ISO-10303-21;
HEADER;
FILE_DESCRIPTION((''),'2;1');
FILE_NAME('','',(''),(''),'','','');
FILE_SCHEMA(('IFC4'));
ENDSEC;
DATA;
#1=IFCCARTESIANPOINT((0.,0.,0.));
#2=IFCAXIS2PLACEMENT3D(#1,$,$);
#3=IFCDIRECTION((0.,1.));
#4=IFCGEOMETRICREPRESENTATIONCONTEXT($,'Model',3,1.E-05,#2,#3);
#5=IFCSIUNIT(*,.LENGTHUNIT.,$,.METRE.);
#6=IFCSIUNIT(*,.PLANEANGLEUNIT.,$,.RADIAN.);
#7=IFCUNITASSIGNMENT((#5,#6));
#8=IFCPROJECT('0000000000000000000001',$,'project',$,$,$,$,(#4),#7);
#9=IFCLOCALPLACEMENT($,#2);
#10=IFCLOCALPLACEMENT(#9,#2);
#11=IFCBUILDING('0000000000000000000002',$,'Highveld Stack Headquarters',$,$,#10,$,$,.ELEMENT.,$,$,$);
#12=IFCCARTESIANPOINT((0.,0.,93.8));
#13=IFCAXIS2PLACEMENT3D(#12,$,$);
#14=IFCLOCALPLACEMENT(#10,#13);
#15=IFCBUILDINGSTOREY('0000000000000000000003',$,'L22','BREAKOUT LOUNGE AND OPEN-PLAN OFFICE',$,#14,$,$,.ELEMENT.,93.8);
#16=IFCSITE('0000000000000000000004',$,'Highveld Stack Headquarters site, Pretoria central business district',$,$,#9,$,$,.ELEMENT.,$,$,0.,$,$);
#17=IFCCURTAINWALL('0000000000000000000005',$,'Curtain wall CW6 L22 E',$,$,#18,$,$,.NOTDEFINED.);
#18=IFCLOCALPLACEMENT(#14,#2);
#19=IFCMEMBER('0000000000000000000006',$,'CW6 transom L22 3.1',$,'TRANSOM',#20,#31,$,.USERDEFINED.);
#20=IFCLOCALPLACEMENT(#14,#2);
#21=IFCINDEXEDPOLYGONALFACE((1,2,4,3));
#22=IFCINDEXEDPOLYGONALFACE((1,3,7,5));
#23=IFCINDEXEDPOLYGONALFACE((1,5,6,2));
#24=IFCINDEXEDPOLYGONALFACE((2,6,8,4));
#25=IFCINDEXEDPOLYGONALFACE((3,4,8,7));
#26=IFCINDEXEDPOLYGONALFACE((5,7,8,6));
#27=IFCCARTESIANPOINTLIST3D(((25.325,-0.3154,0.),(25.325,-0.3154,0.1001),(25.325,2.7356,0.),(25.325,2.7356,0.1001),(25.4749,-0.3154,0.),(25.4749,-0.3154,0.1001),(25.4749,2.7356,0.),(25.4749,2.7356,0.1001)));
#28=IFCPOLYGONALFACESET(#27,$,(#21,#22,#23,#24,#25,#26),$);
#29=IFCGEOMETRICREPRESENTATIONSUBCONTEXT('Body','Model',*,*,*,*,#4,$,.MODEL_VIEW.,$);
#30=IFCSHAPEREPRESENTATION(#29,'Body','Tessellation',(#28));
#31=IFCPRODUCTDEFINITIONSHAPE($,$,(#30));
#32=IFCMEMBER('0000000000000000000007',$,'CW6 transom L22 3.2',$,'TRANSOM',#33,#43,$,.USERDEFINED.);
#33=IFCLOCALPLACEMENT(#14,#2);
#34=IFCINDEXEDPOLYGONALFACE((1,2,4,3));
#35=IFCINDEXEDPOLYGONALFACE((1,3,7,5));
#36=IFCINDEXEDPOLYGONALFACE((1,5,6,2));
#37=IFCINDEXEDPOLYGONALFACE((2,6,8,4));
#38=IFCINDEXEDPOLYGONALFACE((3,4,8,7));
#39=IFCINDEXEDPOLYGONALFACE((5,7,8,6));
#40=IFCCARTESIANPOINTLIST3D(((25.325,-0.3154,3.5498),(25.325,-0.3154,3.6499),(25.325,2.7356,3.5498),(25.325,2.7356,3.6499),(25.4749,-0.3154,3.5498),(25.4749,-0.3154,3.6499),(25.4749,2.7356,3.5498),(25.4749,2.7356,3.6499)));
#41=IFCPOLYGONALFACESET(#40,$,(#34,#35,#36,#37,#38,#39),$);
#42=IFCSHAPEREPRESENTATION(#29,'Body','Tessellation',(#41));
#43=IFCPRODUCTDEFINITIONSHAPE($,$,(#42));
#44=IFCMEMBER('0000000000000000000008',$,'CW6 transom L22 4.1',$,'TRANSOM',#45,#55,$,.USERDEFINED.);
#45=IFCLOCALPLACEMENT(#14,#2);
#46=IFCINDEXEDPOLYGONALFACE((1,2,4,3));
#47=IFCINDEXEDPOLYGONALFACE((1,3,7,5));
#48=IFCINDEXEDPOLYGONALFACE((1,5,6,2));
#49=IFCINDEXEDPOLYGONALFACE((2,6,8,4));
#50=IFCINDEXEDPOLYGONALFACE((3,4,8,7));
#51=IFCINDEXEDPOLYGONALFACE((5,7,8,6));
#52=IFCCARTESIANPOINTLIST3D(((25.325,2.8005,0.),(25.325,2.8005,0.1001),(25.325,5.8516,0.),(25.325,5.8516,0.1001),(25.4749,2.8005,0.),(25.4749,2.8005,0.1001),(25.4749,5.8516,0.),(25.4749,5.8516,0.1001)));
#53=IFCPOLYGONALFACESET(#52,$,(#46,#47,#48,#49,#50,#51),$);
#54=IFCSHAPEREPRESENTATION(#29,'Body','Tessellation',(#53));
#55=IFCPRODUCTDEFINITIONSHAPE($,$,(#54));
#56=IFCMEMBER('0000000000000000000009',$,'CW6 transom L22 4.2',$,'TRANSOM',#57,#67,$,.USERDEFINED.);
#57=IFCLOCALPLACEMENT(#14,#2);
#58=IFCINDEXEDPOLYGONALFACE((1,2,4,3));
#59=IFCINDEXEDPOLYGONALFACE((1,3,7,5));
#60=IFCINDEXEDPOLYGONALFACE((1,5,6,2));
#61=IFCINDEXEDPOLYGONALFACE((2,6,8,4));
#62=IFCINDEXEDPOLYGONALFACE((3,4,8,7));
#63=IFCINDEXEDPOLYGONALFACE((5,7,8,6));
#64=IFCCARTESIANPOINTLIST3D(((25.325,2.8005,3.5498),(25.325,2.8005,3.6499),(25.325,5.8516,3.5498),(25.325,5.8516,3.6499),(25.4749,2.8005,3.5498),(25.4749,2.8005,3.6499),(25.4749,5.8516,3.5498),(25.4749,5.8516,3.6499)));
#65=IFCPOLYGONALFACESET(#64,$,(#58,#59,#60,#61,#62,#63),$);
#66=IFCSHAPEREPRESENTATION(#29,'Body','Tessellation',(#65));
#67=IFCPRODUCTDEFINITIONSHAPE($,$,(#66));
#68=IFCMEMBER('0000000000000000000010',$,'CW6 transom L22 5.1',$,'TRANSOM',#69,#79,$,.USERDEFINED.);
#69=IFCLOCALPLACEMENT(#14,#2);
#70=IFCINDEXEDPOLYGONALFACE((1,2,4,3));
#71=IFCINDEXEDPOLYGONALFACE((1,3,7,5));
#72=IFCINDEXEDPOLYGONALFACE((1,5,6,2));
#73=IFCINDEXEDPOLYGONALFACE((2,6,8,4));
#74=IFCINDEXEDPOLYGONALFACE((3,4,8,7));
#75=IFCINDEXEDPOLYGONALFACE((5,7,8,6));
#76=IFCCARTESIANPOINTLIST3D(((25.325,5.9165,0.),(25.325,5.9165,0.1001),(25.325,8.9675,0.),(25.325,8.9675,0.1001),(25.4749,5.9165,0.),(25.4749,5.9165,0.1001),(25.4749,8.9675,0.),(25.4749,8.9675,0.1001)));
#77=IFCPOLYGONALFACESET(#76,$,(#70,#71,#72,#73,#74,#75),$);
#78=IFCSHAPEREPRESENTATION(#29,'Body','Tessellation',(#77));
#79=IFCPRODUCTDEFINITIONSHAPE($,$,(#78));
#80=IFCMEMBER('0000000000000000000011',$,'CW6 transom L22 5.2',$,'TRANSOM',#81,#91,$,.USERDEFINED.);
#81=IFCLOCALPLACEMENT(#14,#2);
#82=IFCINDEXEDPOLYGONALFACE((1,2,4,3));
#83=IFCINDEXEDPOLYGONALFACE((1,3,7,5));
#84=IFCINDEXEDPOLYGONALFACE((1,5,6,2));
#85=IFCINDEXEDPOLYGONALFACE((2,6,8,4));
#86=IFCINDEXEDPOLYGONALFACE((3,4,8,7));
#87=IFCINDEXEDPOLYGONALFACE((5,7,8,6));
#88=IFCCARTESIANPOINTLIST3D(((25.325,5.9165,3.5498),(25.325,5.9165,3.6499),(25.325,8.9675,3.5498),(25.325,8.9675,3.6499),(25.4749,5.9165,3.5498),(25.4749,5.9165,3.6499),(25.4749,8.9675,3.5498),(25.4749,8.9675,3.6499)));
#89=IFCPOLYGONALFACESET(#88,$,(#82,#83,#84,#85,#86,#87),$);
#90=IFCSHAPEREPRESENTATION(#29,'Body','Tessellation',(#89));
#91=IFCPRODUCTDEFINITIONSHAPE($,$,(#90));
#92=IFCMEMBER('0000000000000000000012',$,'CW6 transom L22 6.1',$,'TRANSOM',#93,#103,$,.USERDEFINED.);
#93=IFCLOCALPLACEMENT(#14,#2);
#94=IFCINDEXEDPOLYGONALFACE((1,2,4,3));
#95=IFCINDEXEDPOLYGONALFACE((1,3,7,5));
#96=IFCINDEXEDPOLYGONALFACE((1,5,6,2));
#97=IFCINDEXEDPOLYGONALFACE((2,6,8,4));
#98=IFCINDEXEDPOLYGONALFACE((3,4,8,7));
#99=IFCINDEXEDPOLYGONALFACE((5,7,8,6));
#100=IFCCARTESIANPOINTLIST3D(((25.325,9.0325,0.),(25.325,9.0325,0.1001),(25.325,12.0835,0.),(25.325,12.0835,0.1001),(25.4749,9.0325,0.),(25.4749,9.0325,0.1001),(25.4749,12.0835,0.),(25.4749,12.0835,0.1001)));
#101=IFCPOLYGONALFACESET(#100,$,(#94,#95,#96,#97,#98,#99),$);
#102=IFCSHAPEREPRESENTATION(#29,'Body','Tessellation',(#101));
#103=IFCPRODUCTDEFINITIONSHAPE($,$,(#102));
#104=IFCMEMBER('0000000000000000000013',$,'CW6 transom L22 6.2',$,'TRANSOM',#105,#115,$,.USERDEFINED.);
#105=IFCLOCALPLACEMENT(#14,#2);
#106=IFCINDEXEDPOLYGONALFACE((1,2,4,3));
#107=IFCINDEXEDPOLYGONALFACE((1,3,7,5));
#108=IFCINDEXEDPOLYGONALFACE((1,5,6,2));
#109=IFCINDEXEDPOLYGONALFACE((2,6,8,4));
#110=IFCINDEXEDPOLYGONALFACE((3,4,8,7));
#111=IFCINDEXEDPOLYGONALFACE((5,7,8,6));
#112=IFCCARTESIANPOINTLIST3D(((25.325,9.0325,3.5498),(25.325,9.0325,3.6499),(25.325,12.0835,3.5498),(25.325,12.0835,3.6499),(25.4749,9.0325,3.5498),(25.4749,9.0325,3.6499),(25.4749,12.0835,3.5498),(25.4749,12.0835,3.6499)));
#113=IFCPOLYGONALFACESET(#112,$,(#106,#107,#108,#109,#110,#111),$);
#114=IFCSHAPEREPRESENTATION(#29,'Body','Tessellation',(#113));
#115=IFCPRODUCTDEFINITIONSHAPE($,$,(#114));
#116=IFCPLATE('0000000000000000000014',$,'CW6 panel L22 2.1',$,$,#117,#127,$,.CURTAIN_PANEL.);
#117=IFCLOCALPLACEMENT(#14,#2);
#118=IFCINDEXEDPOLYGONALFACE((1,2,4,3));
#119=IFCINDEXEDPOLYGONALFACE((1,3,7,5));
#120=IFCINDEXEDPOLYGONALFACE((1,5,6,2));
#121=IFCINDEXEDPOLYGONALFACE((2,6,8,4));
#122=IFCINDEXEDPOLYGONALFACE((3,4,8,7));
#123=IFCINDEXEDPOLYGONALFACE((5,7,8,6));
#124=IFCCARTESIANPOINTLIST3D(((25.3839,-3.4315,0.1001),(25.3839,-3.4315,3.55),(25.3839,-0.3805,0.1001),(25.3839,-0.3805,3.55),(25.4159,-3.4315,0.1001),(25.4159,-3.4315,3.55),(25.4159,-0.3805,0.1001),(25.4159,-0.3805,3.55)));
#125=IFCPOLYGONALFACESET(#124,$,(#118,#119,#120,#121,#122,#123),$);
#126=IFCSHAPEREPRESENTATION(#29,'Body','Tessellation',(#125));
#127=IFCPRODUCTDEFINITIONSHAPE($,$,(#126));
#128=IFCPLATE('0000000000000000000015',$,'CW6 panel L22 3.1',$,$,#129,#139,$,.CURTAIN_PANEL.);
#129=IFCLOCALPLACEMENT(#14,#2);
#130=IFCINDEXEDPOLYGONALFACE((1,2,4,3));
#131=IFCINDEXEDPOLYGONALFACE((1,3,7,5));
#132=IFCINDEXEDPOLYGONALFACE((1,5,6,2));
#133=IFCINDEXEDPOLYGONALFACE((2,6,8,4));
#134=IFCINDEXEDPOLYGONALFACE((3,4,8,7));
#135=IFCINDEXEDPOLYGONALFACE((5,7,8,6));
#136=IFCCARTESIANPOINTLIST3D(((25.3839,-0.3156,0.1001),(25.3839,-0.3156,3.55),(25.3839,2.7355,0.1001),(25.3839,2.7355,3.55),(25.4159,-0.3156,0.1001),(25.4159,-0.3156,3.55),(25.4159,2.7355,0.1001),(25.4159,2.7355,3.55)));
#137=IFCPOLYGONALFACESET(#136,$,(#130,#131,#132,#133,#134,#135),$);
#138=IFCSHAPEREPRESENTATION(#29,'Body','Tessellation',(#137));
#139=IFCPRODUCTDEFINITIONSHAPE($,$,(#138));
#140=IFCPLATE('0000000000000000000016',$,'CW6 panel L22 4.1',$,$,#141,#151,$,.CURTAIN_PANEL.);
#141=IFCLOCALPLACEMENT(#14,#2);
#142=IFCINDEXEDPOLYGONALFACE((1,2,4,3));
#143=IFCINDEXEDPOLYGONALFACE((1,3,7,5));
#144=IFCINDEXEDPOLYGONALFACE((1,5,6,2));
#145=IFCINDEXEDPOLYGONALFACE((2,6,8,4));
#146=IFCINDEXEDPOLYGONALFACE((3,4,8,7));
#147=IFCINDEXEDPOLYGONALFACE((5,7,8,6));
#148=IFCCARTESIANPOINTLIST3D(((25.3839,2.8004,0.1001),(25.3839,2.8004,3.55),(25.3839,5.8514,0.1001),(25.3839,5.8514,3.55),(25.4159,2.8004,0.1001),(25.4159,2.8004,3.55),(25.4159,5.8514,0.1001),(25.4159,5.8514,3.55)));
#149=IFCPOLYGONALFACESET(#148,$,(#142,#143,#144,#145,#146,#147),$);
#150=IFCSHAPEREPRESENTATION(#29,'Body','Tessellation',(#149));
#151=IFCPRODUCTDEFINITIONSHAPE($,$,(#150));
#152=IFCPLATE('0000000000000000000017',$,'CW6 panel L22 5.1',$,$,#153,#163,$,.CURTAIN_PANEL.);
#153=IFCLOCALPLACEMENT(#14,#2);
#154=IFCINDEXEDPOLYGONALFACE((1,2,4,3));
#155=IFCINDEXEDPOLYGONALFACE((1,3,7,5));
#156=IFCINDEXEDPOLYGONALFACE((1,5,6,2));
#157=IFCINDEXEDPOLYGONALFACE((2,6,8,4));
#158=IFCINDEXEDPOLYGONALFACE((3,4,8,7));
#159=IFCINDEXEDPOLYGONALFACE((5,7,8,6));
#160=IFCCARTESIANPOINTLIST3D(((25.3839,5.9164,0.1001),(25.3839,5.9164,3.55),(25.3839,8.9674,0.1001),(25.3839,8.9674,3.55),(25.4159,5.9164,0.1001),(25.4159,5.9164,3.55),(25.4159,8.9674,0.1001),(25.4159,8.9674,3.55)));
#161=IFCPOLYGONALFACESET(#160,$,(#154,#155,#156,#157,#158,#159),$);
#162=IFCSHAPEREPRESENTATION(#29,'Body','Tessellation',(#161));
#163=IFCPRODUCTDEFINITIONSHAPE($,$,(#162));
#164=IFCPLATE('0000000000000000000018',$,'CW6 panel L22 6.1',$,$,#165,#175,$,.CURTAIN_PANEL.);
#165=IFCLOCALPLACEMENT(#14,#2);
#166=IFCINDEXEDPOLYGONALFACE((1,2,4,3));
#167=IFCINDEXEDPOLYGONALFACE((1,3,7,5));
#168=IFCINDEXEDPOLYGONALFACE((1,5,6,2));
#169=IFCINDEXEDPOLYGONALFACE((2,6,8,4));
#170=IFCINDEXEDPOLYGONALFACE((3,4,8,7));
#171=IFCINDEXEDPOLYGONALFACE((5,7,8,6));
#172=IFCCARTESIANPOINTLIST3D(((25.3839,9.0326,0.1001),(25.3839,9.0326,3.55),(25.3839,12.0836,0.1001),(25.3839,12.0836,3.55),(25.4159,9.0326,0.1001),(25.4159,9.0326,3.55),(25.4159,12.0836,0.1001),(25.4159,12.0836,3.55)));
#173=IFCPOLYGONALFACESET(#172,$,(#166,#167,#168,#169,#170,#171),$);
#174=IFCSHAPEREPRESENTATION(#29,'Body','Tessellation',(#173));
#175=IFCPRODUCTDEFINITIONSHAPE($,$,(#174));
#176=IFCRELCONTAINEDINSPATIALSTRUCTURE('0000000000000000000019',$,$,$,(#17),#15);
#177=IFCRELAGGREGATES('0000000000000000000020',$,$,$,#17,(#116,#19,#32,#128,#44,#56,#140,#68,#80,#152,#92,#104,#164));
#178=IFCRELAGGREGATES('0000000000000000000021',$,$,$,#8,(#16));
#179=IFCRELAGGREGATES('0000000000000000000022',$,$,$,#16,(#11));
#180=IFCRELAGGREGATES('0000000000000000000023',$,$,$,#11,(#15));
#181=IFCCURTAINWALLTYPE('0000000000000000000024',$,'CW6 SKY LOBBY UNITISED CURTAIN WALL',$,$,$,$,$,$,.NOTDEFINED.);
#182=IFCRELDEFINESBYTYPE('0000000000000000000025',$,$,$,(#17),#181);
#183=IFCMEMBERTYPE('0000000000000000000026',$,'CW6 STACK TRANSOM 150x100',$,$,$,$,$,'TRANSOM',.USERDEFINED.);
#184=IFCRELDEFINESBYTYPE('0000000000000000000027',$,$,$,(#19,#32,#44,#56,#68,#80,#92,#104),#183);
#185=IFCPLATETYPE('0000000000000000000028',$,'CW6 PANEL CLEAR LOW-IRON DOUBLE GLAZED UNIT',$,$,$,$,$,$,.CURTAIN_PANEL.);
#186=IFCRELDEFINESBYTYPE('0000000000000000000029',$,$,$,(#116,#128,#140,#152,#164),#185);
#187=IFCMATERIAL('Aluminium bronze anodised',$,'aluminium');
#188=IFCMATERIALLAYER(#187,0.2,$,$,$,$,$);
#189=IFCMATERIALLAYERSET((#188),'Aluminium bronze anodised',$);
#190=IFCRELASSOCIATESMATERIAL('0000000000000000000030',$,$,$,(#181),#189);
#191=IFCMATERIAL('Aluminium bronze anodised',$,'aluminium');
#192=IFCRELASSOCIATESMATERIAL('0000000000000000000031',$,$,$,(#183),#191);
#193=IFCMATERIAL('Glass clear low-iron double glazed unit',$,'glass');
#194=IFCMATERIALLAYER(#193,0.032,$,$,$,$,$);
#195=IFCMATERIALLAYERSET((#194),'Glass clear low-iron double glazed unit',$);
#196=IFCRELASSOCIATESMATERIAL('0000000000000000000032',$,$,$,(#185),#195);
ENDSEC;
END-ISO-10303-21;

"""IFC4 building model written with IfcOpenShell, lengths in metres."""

from ifc_helpers import new_model, si_unit, direction, frame, origin, origin_2d, place, context, subcontext, project, spatial, rectangle, extrude, material, layer, layer_set, material_profile, profile_set, type_object, element, aggregate, save


model = new_model("IFC4")

# Units and contexts
model_context = context("Model", 3, precision=1e-05, world=origin(), true_north=direction((0.0, 1.0)))
body_context = subcontext(model_context, "Body", "Model", "MODEL_VIEW")
ifc_project = project(units=[si_unit("LENGTHUNIT", "METRE"), si_unit("PLANEANGLEUNIT", "RADIAN")], contexts=[model_context])

# Site, building, storey
site_placement = place(None, origin())
site = spatial("IfcSite", under=ifc_project, at=site_placement, Name="Highveld Stack Headquarters site, Pretoria central business district", CompositionType="ELEMENT", RefElevation=0.0)
building_placement = place(site_placement, origin())
building = spatial("IfcBuilding", under=site, at=building_placement, Name="Highveld Stack Headquarters", CompositionType="ELEMENT")
storey_placement = place(building_placement, frame((0.0, 0.0, 93.8)))
storey = spatial("IfcBuildingStorey", under=building, at=storey_placement, Name="L22", Description="BREAKOUT LOUNGE AND OPEN-PLAN OFFICE", CompositionType="ELEMENT", Elevation=93.8)

# Curtain wall, members, plates
ifc_material_1 = material(Name="Aluminium bronze anodised", Category="aluminium")
ifc_layer_1 = layer(ifc_material_1, 0.2)
ifc_layer_set_1 = layer_set([ifc_layer_1], Name="Aluminium bronze anodised")
curtain_wall_type = type_object("IfcCurtainWallType", Name="CW6 SKY LOBBY UNITISED CURTAIN WALL", PredefinedType="NOTDEFINED", material=ifc_layer_set_1)
curtain_wall_placement = place(storey_placement, origin())
curtain_wall = element("IfcCurtainWall", 1, at=curtain_wall_placement, inside=storey, type_object=curtain_wall_type, Name="Curtain wall CW6 L22 E", PredefinedType="NOTDEFINED")
ifc_material_2 = material(Name="Aluminium bronze anodised", Category="aluminium")
ifc_material_profile_1 = material_profile(ifc_material_2, rectangle(XDim=0.1499, YDim=0.1001, at=origin_2d()), Name="CW6 TRANSOM 150x100")
ifc_profile_set_1 = profile_set([ifc_material_profile_1], Name="Aluminium bronze anodised")
member_type_1 = type_object("IfcMemberType", Name="CW6 STACK TRANSOM 150x100", ElementType="TRANSOM", PredefinedType="USERDEFINED", material=ifc_profile_set_1)
member_1_placement = place(storey_placement, frame((25.3999, -0.3154, 0.05), z_axis=(0.0, 1.0, 0.0), x_axis=(-1.0, 0.0, 0.0)))
member_1 = element("IfcMember", 2, at=member_1_placement, type_object=member_type_1, Name="CW6 transom L22 3.1", ObjectType="TRANSOM", PredefinedType="USERDEFINED", context=body_context, shape_type="SweptSolid", body=[
    extrude(rectangle(XDim=0.1499, YDim=0.1001, at=origin_2d()), origin(), (0.0, 0.0, 1.0), 3.051),
])
member_2_placement = place(storey_placement, frame((25.3999, -0.3154, 3.5999), z_axis=(0.0, 1.0, 0.0), x_axis=(-1.0, 0.0, 0.0)))
member_2 = element("IfcMember", 3, at=member_2_placement, type_object=member_type_1, Name="CW6 transom L22 3.2", ObjectType="TRANSOM", PredefinedType="USERDEFINED", context=body_context, shape_type="SweptSolid", body=[
    extrude(rectangle(XDim=0.1499, YDim=0.1001, at=origin_2d()), origin(), (0.0, 0.0, 1.0), 3.051),
])
member_3_placement = place(storey_placement, frame((25.3999, 2.8005, 0.05), z_axis=(0.0, 1.0, 0.0), x_axis=(-1.0, 0.0, 0.0)))
member_3 = element("IfcMember", 4, at=member_3_placement, type_object=member_type_1, Name="CW6 transom L22 4.1", ObjectType="TRANSOM", PredefinedType="USERDEFINED", context=body_context, shape_type="SweptSolid", body=[
    extrude(rectangle(XDim=0.1499, YDim=0.1001, at=origin_2d()), origin(), (0.0, 0.0, 1.0), 3.051),
])
member_4_placement = place(storey_placement, frame((25.3999, 2.8005, 3.5999), z_axis=(0.0, 1.0, 0.0), x_axis=(-1.0, 0.0, 0.0)))
member_4 = element("IfcMember", 5, at=member_4_placement, type_object=member_type_1, Name="CW6 transom L22 4.2", ObjectType="TRANSOM", PredefinedType="USERDEFINED", context=body_context, shape_type="SweptSolid", body=[
    extrude(rectangle(XDim=0.1499, YDim=0.1001, at=origin_2d()), origin(), (0.0, 0.0, 1.0), 3.051),
])
member_5_placement = place(storey_placement, frame((25.3999, 5.9165, 0.05), z_axis=(0.0, 1.0, 0.0), x_axis=(-1.0, 0.0, 0.0)))
member_5 = element("IfcMember", 6, at=member_5_placement, type_object=member_type_1, Name="CW6 transom L22 5.1", ObjectType="TRANSOM", PredefinedType="USERDEFINED", context=body_context, shape_type="SweptSolid", body=[
    extrude(rectangle(XDim=0.1499, YDim=0.1001, at=origin_2d()), origin(), (0.0, 0.0, 1.0), 3.051),
])
member_6_placement = place(storey_placement, frame((25.3999, 5.9165, 3.5999), z_axis=(0.0, 1.0, 0.0), x_axis=(-1.0, 0.0, 0.0)))
member_6 = element("IfcMember", 7, at=member_6_placement, type_object=member_type_1, Name="CW6 transom L22 5.2", ObjectType="TRANSOM", PredefinedType="USERDEFINED", context=body_context, shape_type="SweptSolid", body=[
    extrude(rectangle(XDim=0.1499, YDim=0.1001, at=origin_2d()), origin(), (0.0, 0.0, 1.0), 3.051),
])
member_7_placement = place(storey_placement, frame((25.3999, 9.0325, 0.05), z_axis=(0.0, 1.0, 0.0), x_axis=(-1.0, 0.0, 0.0)))
member_7 = element("IfcMember", 8, at=member_7_placement, type_object=member_type_1, Name="CW6 transom L22 6.1", ObjectType="TRANSOM", PredefinedType="USERDEFINED", context=body_context, shape_type="SweptSolid", body=[
    extrude(rectangle(XDim=0.1499, YDim=0.1001, at=origin_2d()), origin(), (0.0, 0.0, 1.0), 3.051),
])
member_8_placement = place(storey_placement, frame((25.3999, 9.0325, 3.5999), z_axis=(0.0, 1.0, 0.0), x_axis=(-1.0, 0.0, 0.0)))
member_8 = element("IfcMember", 9, at=member_8_placement, type_object=member_type_1, Name="CW6 transom L22 6.2", ObjectType="TRANSOM", PredefinedType="USERDEFINED", context=body_context, shape_type="SweptSolid", body=[
    extrude(rectangle(XDim=0.1499, YDim=0.1001, at=origin_2d()), origin(), (0.0, 0.0, 1.0), 3.051),
])
ifc_material_3 = material(Name="Glass clear low-iron double glazed unit", Category="glass")
ifc_layer_2 = layer(ifc_material_3, 0.032)
ifc_layer_set_2 = layer_set([ifc_layer_2], Name="Glass clear low-iron double glazed unit")
plate_type = type_object("IfcPlateType", Name="CW6 PANEL CLEAR LOW-IRON DOUBLE GLAZED UNIT", PredefinedType="CURTAIN_PANEL", material=ifc_layer_set_2)
plate_1_placement = place(storey_placement, frame((25.3999, -1.906, 0.1001), z_axis=(0.0, 0.0, 1.0), x_axis=(0.0, 1.0, 0.0)))
plate_1 = element("IfcPlate", 10, at=plate_1_placement, type_object=plate_type, Name="CW6 panel L22 2.1", PredefinedType="CURTAIN_PANEL", context=body_context, shape_type="SweptSolid", body=[
    extrude(rectangle(XDim=3.051, YDim=0.032, at=origin_2d()), origin(), (0.0, 0.0, 1.0), 3.45),
])
plate_2_placement = place(storey_placement, frame((25.3999, 1.21, 0.1001), z_axis=(0.0, 0.0, 1.0), x_axis=(0.0, 1.0, 0.0)))
plate_2 = element("IfcPlate", 11, at=plate_2_placement, type_object=plate_type, Name="CW6 panel L22 3.1", PredefinedType="CURTAIN_PANEL", context=body_context, shape_type="SweptSolid", body=[
    extrude(rectangle(XDim=3.051, YDim=0.032, at=origin_2d()), origin(), (0.0, 0.0, 1.0), 3.45),
])
plate_3_placement = place(storey_placement, frame((25.3999, 4.3259, 0.1001), z_axis=(0.0, 0.0, 1.0), x_axis=(0.0, 1.0, 0.0)))
plate_3 = element("IfcPlate", 12, at=plate_3_placement, type_object=plate_type, Name="CW6 panel L22 4.1", PredefinedType="CURTAIN_PANEL", context=body_context, shape_type="SweptSolid", body=[
    extrude(rectangle(XDim=3.051, YDim=0.032, at=origin_2d()), origin(), (0.0, 0.0, 1.0), 3.45),
])
plate_4_placement = place(storey_placement, frame((25.3999, 7.4419, 0.1001), z_axis=(0.0, 0.0, 1.0), x_axis=(0.0, 1.0, 0.0)))
plate_4 = element("IfcPlate", 13, at=plate_4_placement, type_object=plate_type, Name="CW6 panel L22 5.1", PredefinedType="CURTAIN_PANEL", context=body_context, shape_type="SweptSolid", body=[
    extrude(rectangle(XDim=3.051, YDim=0.032, at=origin_2d()), origin(), (0.0, 0.0, 1.0), 3.45),
])
plate_5_placement = place(storey_placement, frame((25.3999, 10.5581, 0.1001), z_axis=(0.0, 0.0, 1.0), x_axis=(0.0, 1.0, 0.0)))
plate_5 = element("IfcPlate", 14, at=plate_5_placement, type_object=plate_type, Name="CW6 panel L22 6.1", PredefinedType="CURTAIN_PANEL", context=body_context, shape_type="SweptSolid", body=[
    extrude(rectangle(XDim=3.051, YDim=0.032, at=origin_2d()), origin(), (0.0, 0.0, 1.0), 3.45),
])
aggregate(curtain_wall, [plate_1, member_1, member_2, plate_2, member_3, member_4, plate_3, member_5, member_6, plate_4, member_7, member_8, plate_5])

save(model, "model.ifc")
